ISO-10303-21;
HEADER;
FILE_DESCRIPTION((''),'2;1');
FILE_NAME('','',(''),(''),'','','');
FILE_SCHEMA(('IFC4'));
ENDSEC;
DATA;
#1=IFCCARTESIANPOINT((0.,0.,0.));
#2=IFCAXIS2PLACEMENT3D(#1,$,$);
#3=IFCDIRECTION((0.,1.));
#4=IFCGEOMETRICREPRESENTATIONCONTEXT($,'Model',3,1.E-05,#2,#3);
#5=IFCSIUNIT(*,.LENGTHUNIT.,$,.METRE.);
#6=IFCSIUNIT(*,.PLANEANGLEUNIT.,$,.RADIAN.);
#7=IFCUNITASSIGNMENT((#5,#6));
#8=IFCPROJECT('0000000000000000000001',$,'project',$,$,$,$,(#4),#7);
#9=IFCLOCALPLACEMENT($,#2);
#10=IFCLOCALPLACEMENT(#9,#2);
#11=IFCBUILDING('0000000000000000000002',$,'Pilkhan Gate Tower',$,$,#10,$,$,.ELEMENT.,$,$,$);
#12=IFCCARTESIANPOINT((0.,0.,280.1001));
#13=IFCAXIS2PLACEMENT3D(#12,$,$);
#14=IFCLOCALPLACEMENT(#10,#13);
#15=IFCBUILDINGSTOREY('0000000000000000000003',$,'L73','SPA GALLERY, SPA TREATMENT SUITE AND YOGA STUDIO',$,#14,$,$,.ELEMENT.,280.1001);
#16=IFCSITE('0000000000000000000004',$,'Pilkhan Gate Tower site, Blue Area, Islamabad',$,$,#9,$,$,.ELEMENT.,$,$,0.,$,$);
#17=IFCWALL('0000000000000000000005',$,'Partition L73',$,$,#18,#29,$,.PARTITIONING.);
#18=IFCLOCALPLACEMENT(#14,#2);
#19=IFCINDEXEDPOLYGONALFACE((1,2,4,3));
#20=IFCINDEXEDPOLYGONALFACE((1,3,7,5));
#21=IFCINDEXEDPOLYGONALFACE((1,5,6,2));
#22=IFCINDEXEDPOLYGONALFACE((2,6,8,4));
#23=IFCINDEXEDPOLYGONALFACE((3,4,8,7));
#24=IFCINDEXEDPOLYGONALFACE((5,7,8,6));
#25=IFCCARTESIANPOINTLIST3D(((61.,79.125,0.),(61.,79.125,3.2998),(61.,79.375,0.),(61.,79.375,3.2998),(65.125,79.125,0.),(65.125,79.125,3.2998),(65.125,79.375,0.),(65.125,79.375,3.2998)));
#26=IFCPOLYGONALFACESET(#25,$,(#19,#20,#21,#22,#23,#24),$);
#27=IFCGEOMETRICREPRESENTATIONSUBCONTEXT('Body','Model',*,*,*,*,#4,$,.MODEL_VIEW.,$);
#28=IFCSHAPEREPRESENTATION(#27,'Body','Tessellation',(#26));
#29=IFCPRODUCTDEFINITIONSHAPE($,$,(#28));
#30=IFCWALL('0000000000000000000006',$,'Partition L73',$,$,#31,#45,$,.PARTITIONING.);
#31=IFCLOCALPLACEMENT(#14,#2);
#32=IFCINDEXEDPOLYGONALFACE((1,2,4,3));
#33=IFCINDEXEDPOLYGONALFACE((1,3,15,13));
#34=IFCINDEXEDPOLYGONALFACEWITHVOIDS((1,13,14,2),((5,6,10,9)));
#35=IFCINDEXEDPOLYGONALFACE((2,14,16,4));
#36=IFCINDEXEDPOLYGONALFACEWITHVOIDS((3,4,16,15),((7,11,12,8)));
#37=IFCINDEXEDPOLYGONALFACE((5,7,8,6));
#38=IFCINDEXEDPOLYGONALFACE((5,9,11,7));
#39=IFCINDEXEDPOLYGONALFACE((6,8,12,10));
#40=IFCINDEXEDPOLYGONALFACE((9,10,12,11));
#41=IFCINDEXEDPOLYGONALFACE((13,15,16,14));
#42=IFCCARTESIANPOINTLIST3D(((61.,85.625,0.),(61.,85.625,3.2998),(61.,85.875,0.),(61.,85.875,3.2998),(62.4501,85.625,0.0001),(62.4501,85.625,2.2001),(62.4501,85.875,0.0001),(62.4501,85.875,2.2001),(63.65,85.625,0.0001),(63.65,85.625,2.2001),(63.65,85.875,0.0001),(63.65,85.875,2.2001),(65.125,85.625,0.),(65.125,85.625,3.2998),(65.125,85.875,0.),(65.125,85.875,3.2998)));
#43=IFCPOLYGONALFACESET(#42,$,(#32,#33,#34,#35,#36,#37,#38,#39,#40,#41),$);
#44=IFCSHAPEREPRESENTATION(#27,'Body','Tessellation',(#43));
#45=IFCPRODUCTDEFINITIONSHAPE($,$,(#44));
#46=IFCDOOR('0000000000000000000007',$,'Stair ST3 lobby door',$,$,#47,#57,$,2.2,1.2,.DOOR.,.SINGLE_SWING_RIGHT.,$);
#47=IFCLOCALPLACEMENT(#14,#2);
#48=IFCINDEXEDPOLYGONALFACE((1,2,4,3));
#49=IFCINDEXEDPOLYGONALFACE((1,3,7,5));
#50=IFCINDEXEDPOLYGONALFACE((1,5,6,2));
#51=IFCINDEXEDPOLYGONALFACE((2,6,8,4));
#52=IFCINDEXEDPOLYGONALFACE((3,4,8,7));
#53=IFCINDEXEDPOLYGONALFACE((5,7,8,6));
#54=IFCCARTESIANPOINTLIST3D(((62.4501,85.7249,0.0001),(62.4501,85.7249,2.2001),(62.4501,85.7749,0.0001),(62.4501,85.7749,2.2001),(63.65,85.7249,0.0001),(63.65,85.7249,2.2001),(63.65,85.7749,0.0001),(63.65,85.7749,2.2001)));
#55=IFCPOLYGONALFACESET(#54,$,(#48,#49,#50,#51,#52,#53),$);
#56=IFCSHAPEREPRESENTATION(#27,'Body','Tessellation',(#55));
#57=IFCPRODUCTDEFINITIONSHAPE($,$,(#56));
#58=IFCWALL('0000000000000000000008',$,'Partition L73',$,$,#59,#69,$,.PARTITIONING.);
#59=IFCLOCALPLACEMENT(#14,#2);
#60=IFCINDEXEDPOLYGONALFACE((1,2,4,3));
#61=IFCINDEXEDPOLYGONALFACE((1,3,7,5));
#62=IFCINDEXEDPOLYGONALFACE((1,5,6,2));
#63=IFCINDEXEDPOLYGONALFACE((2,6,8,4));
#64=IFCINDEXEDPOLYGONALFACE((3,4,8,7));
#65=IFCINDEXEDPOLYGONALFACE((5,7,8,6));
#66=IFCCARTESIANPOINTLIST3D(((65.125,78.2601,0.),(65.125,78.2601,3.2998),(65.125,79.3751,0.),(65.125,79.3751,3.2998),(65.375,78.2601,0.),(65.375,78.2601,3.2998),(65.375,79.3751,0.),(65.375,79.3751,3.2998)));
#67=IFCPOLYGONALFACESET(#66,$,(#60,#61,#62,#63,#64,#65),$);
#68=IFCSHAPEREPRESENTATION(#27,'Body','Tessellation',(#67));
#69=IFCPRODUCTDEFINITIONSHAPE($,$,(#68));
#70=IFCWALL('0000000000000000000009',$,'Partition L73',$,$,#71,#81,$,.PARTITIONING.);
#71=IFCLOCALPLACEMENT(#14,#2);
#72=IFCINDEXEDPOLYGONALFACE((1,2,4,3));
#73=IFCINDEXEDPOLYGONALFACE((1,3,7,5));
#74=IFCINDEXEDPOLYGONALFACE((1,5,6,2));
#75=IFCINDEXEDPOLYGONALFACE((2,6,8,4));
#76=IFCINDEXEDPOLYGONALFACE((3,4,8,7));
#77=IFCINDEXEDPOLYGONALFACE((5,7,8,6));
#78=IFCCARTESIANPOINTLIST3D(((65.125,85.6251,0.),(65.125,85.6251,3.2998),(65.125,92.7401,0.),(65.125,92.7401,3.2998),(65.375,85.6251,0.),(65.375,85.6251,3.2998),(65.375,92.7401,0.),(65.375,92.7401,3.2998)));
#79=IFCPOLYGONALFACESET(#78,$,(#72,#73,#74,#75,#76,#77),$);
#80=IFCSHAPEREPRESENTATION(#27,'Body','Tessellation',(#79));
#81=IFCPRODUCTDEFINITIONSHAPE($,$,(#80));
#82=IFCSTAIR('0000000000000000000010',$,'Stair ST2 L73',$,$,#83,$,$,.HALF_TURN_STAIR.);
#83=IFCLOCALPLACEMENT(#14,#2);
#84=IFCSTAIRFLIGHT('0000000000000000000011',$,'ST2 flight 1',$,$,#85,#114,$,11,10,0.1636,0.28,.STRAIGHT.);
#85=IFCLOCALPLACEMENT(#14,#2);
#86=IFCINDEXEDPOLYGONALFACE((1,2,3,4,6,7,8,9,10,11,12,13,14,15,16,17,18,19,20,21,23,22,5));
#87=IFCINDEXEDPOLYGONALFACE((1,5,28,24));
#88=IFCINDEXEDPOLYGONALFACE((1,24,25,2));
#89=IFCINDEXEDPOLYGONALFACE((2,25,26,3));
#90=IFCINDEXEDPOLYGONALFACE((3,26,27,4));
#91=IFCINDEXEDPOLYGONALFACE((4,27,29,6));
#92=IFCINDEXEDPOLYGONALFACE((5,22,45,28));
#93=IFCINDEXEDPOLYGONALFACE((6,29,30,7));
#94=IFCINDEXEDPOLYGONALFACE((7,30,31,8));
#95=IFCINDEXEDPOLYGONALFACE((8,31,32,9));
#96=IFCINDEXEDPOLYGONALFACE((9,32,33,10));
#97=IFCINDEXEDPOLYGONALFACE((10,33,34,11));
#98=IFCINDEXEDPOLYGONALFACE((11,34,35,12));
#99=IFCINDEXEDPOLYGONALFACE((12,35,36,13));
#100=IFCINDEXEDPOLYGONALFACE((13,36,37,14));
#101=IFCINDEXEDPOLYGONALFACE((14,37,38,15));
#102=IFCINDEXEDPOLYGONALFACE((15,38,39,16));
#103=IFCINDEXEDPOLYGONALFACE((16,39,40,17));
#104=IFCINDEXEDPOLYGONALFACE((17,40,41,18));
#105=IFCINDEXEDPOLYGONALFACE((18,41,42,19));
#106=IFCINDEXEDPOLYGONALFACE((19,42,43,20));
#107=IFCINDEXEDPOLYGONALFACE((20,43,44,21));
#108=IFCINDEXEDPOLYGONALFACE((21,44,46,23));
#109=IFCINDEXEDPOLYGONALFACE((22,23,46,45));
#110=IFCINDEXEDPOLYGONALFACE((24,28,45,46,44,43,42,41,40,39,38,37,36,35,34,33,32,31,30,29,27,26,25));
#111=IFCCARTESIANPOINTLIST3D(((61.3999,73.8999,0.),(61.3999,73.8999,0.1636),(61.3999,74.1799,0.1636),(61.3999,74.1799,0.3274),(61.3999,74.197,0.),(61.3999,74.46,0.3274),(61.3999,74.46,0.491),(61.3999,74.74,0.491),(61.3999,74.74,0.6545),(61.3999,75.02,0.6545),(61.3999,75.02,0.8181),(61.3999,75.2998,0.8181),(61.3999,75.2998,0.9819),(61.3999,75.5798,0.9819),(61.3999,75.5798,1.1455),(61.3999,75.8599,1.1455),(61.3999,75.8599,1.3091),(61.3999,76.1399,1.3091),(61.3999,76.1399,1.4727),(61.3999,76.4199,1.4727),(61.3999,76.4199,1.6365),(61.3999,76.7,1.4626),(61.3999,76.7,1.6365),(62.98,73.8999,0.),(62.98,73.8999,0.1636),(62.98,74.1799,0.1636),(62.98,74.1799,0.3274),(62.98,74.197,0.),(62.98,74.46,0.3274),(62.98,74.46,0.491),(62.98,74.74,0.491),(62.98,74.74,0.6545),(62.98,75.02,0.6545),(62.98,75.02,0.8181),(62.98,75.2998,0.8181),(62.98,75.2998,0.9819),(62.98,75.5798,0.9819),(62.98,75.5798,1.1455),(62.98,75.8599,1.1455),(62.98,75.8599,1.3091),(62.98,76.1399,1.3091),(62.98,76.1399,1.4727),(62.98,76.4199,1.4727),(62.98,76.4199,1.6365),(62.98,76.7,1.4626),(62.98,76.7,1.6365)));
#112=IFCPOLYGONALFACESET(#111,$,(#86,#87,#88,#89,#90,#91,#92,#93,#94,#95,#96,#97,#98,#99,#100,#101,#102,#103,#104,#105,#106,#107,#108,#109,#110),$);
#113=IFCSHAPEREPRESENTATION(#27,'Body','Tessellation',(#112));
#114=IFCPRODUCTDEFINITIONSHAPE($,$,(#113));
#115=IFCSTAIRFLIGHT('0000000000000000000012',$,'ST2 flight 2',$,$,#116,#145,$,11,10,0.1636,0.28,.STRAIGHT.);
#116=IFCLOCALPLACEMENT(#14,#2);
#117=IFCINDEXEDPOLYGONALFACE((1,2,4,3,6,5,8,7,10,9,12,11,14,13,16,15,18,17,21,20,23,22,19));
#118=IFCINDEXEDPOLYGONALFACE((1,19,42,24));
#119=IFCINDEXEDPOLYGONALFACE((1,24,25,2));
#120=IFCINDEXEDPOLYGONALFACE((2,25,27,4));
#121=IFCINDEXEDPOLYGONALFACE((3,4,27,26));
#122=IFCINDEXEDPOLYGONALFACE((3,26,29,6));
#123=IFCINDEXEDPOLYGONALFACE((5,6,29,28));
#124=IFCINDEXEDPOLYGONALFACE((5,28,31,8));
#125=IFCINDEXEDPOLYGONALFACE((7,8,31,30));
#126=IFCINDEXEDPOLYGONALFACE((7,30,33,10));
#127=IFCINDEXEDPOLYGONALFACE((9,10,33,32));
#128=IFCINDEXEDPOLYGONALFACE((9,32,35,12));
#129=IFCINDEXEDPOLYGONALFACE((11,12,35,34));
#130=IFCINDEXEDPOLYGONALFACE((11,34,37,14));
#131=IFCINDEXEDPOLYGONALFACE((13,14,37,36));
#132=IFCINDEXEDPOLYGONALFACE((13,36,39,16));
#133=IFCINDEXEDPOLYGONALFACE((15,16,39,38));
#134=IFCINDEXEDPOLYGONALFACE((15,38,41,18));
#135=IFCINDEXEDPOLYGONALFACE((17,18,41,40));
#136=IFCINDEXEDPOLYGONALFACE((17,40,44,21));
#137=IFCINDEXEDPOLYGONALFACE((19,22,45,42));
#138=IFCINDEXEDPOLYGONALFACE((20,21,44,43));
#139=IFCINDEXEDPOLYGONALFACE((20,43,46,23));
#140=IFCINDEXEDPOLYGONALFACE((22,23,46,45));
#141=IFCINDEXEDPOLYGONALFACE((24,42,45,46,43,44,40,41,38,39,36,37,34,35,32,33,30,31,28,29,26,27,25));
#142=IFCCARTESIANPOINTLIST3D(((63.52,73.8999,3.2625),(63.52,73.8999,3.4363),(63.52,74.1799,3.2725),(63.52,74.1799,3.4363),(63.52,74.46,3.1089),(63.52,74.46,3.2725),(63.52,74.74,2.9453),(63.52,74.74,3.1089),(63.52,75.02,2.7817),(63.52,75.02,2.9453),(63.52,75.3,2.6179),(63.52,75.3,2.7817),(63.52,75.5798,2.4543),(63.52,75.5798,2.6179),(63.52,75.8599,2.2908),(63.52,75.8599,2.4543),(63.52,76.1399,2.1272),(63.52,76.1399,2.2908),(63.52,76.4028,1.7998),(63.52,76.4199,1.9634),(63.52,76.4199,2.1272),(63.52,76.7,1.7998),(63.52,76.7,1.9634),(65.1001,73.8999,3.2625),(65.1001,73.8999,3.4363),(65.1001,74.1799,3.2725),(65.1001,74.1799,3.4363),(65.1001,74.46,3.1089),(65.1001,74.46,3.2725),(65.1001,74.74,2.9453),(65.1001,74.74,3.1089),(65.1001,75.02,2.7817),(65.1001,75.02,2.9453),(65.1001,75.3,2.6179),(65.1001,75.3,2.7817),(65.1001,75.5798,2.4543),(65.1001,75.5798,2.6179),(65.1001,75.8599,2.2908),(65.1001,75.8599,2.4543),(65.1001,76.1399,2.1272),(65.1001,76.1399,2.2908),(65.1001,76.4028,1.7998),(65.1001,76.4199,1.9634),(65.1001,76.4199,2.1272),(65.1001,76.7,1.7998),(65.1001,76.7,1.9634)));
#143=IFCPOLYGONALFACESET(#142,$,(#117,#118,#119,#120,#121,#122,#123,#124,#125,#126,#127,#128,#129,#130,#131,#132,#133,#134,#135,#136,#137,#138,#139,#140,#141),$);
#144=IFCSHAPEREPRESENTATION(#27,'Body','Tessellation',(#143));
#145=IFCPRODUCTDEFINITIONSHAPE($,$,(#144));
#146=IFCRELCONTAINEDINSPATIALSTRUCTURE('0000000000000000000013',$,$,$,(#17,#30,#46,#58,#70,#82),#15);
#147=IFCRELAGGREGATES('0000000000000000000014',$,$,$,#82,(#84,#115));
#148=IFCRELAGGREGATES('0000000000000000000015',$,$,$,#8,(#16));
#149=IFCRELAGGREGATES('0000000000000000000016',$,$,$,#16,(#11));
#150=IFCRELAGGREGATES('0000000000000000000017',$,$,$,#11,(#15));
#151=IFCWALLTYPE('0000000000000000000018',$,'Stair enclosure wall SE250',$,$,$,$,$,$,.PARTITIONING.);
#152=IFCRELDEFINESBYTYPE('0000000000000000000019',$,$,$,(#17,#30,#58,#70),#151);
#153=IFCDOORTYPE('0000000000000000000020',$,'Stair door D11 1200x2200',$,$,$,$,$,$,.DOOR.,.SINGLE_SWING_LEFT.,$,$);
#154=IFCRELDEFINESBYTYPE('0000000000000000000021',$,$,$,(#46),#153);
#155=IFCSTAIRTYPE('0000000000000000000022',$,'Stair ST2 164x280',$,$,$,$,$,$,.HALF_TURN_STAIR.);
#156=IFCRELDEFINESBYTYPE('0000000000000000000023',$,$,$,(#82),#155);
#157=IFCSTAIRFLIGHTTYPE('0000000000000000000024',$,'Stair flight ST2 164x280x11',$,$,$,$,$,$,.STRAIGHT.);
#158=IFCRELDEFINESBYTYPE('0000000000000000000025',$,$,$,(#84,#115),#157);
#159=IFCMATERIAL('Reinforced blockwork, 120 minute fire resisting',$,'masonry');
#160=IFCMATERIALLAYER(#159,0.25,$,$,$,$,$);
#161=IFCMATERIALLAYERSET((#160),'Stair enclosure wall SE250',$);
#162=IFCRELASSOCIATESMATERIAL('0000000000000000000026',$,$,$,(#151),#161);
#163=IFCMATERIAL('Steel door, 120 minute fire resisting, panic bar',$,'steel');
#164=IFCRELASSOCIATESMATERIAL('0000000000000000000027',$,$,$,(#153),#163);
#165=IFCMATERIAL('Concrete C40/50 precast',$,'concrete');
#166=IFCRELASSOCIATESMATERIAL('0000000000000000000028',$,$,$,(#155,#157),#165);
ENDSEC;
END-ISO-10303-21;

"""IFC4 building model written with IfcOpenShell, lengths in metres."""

from ifc_helpers import new_model, si_unit, direction, frame, frame_2d, origin, place, context, subcontext, project, spatial, polyline, rectangle, outline, extrude, material, layer, layer_set, type_object, element, fill, aggregate, save


model = new_model("IFC4")

# Units and contexts
model_context = context("Model", 3, precision=1e-05, world=origin(), true_north=direction((0.0, 1.0)))
body_context = subcontext(model_context, "Body", "Model", "MODEL_VIEW")
ifc_project = project(units=[si_unit("LENGTHUNIT", "METRE"), si_unit("PLANEANGLEUNIT", "RADIAN")], contexts=[model_context])

# Site, building, storey
site_placement = place(None, origin())
site = spatial("IfcSite", under=ifc_project, at=site_placement, Name="Pilkhan Gate Tower site, Blue Area, Islamabad", CompositionType="ELEMENT", RefElevation=0.0)
building_placement = place(site_placement, origin())
building = spatial("IfcBuilding", under=site, at=building_placement, Name="Pilkhan Gate Tower", CompositionType="ELEMENT")
storey_placement = place(building_placement, frame((0.0, 0.0, 280.1001)))
storey = spatial("IfcBuildingStorey", under=building, at=storey_placement, Name="L73", Description="SPA GALLERY, SPA TREATMENT SUITE AND YOGA STUDIO", CompositionType="ELEMENT", Elevation=280.1001)

# Wall
ifc_material_1 = material(Name="Reinforced blockwork, 120 minute fire resisting", Category="masonry")
ifc_layer_1 = layer(ifc_material_1, 0.25)
ifc_layer_set_1 = layer_set([ifc_layer_1], Name="Stair enclosure wall SE250")
wall_type_1 = type_object("IfcWallType", Name="Stair enclosure wall SE250", PredefinedType="PARTITIONING", material=ifc_layer_set_1)
wall_1_placement = place(storey_placement, frame((61.0, 79.25, 0.0), z_axis=(0.0, 0.0, 1.0), x_axis=(1.0, 0.0, 0.0)))
element("IfcWall", 1, at=wall_1_placement, inside=storey, type_object=wall_type_1, Name="Partition L73", PredefinedType="PARTITIONING", context=body_context, shape_type="SweptSolid", body=[
    extrude(rectangle(XDim=4.125, YDim=0.25, at=frame_2d((2.0625, 0.0))), origin(), (0.0, 0.0, 1.0), 3.2998),
])

# Wall, opening, door
wall_2_placement = place(storey_placement, frame((61.0, 85.75, 0.0), z_axis=(0.0, 0.0, 1.0), x_axis=(1.0, 0.0, 0.0)))
wall_2 = element("IfcWall", 2, at=wall_2_placement, inside=storey, type_object=wall_type_1, Name="Partition L73", PredefinedType="PARTITIONING", context=body_context, shape_type="SweptSolid", body=[
    extrude(rectangle(XDim=4.125, YDim=0.25, at=frame_2d((2.0625, 0.0))), origin(), (0.0, 0.0, 1.0), 3.2998),
])
opening_1_placement = place(wall_2_placement, frame((1.45, 0.0, 0.0)))
opening_1 = element("IfcOpeningElement", 3, at=opening_1_placement, cuts=wall_2, PredefinedType="OPENING", context=body_context, shape_type="SweptSolid", body=[
    extrude(rectangle(XDim=1.2, YDim=2.2, at=frame_2d((0.6001, 1.1001))), frame((0.0, 0.135, 0.0), z_axis=(0.0, -1.0, 0.0), x_axis=(1.0, 0.0, 0.0)), (0.0, 0.0, 1.0), 0.27),
])
ifc_material_2 = material(Name="Steel door, 120 minute fire resisting, panic bar", Category="steel")
door_type_1 = type_object("IfcDoorType", Name="Stair door D11 1200x2200", OperationType="SINGLE_SWING_LEFT", PredefinedType="DOOR", material=ifc_material_2)
door_1_placement = place(opening_1_placement, origin())
door_1 = element("IfcDoor", 4, at=door_1_placement, inside=storey, type_object=door_type_1, Name="Stair ST3 lobby door", OperationType="SINGLE_SWING_RIGHT", OverallHeight=2.2, OverallWidth=1.2, PredefinedType="DOOR", context=body_context, shape_type="SweptSolid", body=[
    extrude(rectangle(XDim=1.2, YDim=2.2, at=frame_2d((0.6001, 1.1001))), frame((0.0, 0.0249, 0.0), z_axis=(0.0, -1.0, 0.0), x_axis=(1.0, 0.0, 0.0)), (0.0, 0.0, 1.0), 0.05),
])
fill(opening_1, door_1)

# Walls
wall_3_placement = place(storey_placement, frame((65.25, 78.26, 0.0), z_axis=(0.0, 0.0, 1.0), x_axis=(0.0, 1.0, 0.0)))
element("IfcWall", 5, at=wall_3_placement, inside=storey, type_object=wall_type_1, Name="Partition L73", PredefinedType="PARTITIONING", context=body_context, shape_type="SweptSolid", body=[
    extrude(rectangle(XDim=1.115, YDim=0.25, at=frame_2d((0.5576, 0.0))), origin(), (0.0, 0.0, 1.0), 3.2998),
])
wall_4_placement = place(storey_placement, frame((65.25, 85.625, 0.0), z_axis=(0.0, 0.0, 1.0), x_axis=(0.0, 1.0, 0.0)))
element("IfcWall", 6, at=wall_4_placement, inside=storey, type_object=wall_type_1, Name="Partition L73", PredefinedType="PARTITIONING", context=body_context, shape_type="SweptSolid", body=[
    extrude(rectangle(XDim=7.115, YDim=0.25, at=frame_2d((3.5576, 0.0))), origin(), (0.0, 0.0, 1.0), 3.2998),
])

# Stair, stair flights
ifc_material_3 = material(Name="Concrete C40/50 precast", Category="concrete")
stair_type = type_object("IfcStairType", Name="Stair ST2 164x280", PredefinedType="HALF_TURN_STAIR", material=ifc_material_3)
stair_placement = place(storey_placement, origin())
stair = element("IfcStair", 7, at=stair_placement, inside=storey, type_object=stair_type, Name="Stair ST2 L73", PredefinedType="HALF_TURN_STAIR")
stair_flight_type = type_object("IfcStairFlightType", Name="Stair flight ST2 164x280x11", PredefinedType="STRAIGHT", material=ifc_material_3)
stair_flight_1_placement = place(storey_placement, frame((62.1899, 73.8999, 0.0), z_axis=(0.0, 0.0, 1.0), x_axis=(0.0, 1.0, 0.0)))
stair_flight_1 = element("IfcStairFlight", 8, at=stair_flight_1_placement, type_object=stair_flight_type, Name="ST2 flight 1", NumberOfRisers=11, NumberOfTreads=10, PredefinedType="STRAIGHT", RiserHeight=0.1636, TreadLength=0.28, context=body_context, shape_type="SweptSolid", body=[
    extrude(outline(polyline([(0.0, 0.0), (0.0, 0.1636), (0.28, 0.1636), (0.28, 0.3274), (0.5601, 0.3274), (0.5601, 0.491), (0.8401, 0.491), (0.8401, 0.6545), (1.1201, 0.6545), (1.1201, 0.8181), (1.3999, 0.8181), (1.3999, 0.9819), (1.6799, 0.9819), (1.6799, 1.1455), (1.96, 1.1455), (1.96, 1.3091), (2.24, 1.3091), (2.24, 1.4727), (2.52, 1.4727), (2.52, 1.6365), (2.8, 1.6365), (2.8, 1.8), (2.8, 1.4626), (0.2971, 0.0), (0.0, 0.0)])), frame((0.0, 0.79, 0.0), z_axis=(0.0, -1.0, 0.0), x_axis=(1.0, 0.0, 0.0)), (0.0, 0.0, 1.0), 1.5801),
])
stair_flight_2_placement = place(storey_placement, frame((64.3101, 76.7, 1.7998), z_axis=(0.0, 0.0, 1.0), x_axis=(0.0, -1.0, 0.0)))
stair_flight_2 = element("IfcStairFlight", 9, at=stair_flight_2_placement, type_object=stair_flight_type, Name="ST2 flight 2", NumberOfRisers=11, NumberOfTreads=10, PredefinedType="STRAIGHT", RiserHeight=0.1636, TreadLength=0.28, context=body_context, shape_type="SweptSolid", body=[
    extrude(outline(polyline([(0.0, 0.0), (0.0, 0.1636), (0.28, 0.1636), (0.28, 0.3274), (0.5601, 0.3274), (0.5601, 0.491), (0.8401, 0.491), (0.8401, 0.6545), (1.1201, 0.6545), (1.1201, 0.8181), (1.3999, 0.8181), (1.3999, 0.9819), (1.6799, 0.9819), (1.6799, 1.1455), (1.96, 1.1455), (1.96, 1.3091), (2.24, 1.3091), (2.24, 1.4727), (2.52, 1.4727), (2.52, 1.6365), (2.8, 1.6365), (2.8, 1.8), (2.8, 1.4626), (0.2971, 0.0), (0.0, 0.0)])), frame((0.0, 0.79, 0.0), z_axis=(0.0, -1.0, 0.0), x_axis=(1.0, 0.0, 0.0)), (0.0, 0.0, 1.0), 1.5801),
])
aggregate(stair, [stair_flight_1, stair_flight_2])

save(model, "model.ifc")
